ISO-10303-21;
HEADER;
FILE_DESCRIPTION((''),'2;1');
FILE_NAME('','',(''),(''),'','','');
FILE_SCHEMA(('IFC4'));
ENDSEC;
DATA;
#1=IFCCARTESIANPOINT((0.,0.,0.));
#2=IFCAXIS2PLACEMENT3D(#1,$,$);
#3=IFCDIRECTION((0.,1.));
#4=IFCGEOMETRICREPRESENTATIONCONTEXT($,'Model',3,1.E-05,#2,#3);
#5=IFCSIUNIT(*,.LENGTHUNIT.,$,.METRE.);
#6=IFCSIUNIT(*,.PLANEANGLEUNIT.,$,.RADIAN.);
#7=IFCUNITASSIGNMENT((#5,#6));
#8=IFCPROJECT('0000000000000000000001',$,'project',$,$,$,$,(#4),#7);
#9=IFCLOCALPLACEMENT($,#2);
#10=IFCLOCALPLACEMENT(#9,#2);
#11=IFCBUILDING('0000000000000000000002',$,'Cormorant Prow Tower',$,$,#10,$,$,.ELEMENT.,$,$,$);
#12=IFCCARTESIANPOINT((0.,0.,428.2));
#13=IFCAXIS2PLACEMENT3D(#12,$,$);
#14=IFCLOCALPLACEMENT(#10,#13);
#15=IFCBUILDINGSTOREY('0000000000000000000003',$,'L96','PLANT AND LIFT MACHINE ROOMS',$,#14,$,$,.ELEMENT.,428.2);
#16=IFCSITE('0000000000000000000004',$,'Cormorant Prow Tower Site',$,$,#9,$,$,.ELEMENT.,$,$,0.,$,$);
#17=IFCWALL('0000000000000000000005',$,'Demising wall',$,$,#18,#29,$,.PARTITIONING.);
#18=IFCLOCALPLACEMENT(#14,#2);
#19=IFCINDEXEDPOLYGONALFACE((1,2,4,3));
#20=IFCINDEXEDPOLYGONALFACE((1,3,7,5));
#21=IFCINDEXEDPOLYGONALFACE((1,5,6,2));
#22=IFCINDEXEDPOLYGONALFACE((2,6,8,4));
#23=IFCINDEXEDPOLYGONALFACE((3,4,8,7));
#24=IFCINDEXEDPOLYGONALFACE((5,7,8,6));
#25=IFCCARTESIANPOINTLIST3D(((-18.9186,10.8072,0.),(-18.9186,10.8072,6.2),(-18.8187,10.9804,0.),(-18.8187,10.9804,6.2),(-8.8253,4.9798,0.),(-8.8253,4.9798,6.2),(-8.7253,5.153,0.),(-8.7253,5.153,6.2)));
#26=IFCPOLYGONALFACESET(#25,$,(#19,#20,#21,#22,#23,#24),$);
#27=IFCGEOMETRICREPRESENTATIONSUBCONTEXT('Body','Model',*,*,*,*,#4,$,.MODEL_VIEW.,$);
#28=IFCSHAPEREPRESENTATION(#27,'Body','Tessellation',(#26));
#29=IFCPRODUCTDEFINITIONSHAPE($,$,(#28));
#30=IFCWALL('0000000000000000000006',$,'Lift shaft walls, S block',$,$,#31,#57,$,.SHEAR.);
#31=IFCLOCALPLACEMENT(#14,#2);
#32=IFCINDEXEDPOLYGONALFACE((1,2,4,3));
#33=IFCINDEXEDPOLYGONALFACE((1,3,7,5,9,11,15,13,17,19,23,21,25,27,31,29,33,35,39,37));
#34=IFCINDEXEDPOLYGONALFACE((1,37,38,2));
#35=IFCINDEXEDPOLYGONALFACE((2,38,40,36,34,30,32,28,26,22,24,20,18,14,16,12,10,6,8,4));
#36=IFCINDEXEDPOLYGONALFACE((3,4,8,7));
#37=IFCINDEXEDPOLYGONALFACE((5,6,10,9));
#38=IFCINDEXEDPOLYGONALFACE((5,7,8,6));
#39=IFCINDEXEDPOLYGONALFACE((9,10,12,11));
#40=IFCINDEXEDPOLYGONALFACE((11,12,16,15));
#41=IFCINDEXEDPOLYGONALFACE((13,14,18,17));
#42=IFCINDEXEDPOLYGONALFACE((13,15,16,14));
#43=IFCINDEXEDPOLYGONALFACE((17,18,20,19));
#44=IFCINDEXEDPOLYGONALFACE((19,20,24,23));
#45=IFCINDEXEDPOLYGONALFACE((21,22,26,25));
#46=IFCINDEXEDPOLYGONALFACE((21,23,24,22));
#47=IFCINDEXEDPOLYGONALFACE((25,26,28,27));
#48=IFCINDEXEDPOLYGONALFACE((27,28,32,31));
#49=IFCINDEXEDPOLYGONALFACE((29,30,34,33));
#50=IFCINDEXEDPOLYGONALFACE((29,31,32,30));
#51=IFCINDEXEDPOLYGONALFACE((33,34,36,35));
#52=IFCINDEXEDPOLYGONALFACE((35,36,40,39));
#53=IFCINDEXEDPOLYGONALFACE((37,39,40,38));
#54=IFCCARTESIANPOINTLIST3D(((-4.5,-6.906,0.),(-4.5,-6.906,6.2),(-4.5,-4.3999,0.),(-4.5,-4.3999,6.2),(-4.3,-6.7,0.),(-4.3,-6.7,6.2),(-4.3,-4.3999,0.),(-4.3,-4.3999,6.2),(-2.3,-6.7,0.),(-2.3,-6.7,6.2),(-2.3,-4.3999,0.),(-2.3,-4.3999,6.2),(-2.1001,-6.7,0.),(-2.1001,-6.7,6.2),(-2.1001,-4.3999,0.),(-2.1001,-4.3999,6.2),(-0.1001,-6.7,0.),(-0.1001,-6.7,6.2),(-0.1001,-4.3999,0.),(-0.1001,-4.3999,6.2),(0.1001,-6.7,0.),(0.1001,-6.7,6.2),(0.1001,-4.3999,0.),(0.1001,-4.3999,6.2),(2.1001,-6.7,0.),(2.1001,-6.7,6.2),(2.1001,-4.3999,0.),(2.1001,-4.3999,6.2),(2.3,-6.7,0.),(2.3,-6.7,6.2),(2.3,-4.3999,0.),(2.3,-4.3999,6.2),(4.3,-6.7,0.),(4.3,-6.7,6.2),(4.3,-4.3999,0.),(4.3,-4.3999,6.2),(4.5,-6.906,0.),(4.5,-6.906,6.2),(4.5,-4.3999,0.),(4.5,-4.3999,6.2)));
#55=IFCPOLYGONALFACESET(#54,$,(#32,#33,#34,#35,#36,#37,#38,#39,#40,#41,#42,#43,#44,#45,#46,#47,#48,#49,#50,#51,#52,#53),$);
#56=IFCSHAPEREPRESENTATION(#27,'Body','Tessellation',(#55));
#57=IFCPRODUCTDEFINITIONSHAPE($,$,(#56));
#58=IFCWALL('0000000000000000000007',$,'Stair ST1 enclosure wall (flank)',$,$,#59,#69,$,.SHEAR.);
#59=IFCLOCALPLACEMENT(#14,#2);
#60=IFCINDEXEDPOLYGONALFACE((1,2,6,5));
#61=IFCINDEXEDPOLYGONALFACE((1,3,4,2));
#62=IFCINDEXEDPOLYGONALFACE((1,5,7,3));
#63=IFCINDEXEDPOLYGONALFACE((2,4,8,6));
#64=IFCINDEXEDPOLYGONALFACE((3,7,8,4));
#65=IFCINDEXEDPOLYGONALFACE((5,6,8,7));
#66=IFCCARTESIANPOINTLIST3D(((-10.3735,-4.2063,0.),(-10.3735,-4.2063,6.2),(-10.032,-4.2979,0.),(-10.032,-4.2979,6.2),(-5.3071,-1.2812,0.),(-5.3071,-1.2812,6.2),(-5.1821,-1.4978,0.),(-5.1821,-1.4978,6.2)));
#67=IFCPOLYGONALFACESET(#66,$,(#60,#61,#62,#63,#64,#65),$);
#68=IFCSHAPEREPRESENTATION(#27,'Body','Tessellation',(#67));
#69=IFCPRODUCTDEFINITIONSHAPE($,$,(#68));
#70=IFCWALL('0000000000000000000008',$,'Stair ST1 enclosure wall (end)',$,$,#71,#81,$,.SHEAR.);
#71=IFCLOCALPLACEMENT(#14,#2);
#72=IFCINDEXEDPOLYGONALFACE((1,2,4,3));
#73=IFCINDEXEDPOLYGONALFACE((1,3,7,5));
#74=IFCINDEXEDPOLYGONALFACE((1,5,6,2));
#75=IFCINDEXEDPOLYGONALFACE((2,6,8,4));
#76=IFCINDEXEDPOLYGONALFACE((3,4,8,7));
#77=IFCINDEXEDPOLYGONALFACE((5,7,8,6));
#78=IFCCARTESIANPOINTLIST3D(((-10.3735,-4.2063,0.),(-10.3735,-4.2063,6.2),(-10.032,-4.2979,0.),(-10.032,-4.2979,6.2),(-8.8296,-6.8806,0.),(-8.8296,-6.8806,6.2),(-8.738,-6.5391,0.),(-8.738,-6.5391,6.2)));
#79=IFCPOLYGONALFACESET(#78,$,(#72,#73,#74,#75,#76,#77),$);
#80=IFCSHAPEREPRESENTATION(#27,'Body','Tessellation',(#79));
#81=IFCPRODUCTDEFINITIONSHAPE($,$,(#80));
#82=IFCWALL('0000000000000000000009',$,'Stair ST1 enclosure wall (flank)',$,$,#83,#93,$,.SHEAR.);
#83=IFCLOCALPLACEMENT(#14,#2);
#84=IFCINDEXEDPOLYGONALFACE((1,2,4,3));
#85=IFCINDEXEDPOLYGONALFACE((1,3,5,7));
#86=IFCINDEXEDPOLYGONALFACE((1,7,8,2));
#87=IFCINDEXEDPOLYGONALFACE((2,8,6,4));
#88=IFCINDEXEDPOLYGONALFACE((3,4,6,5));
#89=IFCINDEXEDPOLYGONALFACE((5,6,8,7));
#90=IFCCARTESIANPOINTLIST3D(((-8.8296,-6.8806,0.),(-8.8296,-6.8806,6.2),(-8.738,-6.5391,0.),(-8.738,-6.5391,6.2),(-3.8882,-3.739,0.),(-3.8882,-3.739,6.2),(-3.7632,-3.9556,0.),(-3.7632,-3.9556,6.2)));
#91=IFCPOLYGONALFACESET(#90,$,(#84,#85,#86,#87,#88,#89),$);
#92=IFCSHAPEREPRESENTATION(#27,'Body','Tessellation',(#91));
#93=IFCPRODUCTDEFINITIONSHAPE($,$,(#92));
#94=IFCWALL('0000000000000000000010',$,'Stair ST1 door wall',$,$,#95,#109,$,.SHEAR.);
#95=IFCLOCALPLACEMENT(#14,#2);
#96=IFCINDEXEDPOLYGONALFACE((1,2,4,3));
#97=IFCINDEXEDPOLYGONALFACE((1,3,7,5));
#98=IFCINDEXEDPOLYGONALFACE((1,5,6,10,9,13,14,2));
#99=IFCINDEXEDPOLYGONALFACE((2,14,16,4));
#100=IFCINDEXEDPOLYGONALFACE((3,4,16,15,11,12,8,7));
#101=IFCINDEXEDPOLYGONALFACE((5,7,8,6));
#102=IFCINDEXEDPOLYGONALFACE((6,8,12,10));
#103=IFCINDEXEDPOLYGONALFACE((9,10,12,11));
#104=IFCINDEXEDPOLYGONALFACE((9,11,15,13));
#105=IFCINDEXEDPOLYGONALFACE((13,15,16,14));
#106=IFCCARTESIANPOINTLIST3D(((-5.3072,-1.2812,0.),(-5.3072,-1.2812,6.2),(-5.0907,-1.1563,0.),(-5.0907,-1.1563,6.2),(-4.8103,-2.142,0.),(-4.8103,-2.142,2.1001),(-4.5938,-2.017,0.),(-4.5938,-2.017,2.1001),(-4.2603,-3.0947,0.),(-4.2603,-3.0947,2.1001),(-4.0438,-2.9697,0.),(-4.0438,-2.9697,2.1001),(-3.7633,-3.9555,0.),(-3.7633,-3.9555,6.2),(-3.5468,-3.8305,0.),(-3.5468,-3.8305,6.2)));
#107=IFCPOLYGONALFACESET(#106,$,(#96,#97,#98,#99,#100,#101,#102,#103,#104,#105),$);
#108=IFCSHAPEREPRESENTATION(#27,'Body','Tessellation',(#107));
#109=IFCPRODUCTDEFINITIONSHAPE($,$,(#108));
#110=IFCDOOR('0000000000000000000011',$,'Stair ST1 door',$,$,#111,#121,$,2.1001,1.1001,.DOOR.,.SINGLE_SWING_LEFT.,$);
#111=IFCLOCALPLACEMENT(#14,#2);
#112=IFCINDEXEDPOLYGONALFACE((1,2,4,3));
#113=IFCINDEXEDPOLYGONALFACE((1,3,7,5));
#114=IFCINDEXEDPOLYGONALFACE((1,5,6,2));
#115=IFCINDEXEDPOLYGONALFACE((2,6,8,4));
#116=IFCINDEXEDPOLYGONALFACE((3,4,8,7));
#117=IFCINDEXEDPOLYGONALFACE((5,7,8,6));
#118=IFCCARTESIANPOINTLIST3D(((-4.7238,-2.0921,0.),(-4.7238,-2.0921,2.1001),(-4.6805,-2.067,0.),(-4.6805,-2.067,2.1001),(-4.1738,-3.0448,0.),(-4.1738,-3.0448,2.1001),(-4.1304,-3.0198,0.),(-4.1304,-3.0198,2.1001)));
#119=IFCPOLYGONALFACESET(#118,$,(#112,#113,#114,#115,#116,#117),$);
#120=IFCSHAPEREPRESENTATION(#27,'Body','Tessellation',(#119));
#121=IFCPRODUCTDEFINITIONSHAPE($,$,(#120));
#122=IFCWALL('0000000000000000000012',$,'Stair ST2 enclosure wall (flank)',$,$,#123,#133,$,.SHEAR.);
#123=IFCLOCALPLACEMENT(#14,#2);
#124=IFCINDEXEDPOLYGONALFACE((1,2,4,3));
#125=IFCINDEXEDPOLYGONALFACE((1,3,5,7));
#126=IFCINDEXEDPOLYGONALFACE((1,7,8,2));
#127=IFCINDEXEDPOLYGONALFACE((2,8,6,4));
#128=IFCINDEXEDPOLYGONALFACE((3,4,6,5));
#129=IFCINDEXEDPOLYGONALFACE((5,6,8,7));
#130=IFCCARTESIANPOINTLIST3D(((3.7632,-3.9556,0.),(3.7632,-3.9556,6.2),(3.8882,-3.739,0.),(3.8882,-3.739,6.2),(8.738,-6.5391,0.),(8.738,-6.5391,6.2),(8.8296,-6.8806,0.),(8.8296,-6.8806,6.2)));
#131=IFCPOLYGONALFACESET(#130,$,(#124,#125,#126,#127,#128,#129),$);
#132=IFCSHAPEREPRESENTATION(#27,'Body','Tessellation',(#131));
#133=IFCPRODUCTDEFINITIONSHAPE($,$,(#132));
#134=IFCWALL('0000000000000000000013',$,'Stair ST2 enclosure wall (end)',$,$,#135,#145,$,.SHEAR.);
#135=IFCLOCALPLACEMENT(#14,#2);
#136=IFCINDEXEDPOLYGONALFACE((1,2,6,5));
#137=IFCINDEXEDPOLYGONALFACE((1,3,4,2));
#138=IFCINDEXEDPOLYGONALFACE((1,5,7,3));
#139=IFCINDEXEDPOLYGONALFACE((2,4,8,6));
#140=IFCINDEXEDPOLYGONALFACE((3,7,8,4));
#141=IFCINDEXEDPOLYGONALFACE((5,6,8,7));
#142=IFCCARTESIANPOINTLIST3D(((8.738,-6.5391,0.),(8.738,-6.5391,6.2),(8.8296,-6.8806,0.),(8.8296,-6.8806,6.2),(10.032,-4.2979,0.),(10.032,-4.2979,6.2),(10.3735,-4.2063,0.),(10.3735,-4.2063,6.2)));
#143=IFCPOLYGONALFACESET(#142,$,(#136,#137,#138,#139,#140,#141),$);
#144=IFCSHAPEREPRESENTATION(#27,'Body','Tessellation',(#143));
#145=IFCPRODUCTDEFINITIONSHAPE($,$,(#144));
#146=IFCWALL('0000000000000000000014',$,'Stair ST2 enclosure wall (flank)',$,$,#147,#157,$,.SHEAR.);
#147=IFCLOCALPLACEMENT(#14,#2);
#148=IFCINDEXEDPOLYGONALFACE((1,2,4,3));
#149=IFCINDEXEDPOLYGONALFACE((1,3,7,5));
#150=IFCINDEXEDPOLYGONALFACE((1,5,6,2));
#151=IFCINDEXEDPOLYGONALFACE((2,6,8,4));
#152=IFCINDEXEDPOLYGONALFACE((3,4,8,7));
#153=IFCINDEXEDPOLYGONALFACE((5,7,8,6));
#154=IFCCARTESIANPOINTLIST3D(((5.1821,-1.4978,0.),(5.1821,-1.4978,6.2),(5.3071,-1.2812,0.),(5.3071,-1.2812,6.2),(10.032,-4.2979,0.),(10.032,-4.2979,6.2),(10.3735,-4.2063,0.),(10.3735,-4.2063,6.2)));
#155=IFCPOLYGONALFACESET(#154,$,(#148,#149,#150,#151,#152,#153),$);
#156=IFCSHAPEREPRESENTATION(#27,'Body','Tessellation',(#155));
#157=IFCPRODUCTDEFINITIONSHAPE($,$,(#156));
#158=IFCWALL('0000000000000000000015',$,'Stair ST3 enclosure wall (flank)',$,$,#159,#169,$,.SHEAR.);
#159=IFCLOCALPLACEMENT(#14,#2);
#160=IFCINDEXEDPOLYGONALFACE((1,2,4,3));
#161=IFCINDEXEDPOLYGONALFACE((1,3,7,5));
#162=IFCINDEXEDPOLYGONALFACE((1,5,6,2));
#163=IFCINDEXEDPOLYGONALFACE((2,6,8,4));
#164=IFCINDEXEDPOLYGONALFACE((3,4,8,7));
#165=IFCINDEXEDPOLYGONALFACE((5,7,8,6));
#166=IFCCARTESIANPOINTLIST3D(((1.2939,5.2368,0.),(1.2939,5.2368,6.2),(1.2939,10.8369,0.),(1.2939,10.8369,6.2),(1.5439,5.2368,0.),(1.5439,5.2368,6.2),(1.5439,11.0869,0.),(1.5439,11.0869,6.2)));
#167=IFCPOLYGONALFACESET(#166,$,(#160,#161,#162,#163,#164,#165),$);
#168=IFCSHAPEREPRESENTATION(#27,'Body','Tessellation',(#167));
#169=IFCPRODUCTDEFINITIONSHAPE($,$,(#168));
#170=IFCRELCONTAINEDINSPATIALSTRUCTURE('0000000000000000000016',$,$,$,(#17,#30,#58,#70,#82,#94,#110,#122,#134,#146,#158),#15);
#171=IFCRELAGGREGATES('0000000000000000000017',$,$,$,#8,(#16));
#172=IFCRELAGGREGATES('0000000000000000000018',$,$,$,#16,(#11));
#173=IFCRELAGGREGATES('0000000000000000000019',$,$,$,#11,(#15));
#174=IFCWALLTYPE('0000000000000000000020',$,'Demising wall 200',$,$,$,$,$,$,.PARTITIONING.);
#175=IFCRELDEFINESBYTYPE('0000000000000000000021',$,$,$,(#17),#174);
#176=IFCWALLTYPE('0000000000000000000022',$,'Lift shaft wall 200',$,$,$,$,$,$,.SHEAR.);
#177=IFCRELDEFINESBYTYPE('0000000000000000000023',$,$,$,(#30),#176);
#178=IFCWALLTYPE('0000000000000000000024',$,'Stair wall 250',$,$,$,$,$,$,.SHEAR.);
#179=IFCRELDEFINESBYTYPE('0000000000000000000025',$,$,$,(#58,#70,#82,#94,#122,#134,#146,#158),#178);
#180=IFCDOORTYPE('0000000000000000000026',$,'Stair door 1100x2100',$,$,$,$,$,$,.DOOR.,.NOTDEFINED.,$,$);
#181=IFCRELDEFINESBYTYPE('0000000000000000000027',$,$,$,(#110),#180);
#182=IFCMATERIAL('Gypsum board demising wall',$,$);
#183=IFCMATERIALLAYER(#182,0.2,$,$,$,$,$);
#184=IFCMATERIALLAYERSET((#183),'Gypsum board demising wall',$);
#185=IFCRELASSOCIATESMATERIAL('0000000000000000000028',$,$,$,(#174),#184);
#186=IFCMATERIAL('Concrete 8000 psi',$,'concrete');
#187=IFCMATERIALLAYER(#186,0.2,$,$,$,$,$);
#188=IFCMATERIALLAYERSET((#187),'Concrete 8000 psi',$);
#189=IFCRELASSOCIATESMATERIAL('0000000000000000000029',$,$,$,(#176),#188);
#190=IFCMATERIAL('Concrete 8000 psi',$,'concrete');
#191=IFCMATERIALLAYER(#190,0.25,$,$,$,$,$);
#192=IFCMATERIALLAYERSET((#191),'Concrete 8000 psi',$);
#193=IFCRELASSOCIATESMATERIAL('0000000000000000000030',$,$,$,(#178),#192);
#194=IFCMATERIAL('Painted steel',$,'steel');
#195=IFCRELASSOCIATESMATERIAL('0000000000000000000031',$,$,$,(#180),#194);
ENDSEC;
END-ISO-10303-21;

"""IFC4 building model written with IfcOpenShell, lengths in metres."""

from ifc_helpers import new_model, si_unit, direction, frame, frame_2d, origin, place, context, subcontext, project, spatial, polyline, rectangle, outline, extrude, material, layer, layer_set, type_object, element, fill, save


model = new_model("IFC4")

# Units and contexts
model_context = context("Model", 3, precision=1e-05, world=origin(), true_north=direction((0.0, 1.0)))
body_context = subcontext(model_context, "Body", "Model", "MODEL_VIEW")
ifc_project = project(units=[si_unit("LENGTHUNIT", "METRE"), si_unit("PLANEANGLEUNIT", "RADIAN")], contexts=[model_context])

# Site, building, storey
site_placement = place(None, origin())
site = spatial("IfcSite", under=ifc_project, at=site_placement, Name="Cormorant Prow Tower Site", CompositionType="ELEMENT", RefElevation=0.0)
building_placement = place(site_placement, origin())
building = spatial("IfcBuilding", under=site, at=building_placement, Name="Cormorant Prow Tower", CompositionType="ELEMENT")
storey_placement = place(building_placement, frame((0.0, 0.0, 428.2)))
storey = spatial("IfcBuildingStorey", under=building, at=storey_placement, Name="L96", Description="PLANT AND LIFT MACHINE ROOMS", CompositionType="ELEMENT", Elevation=428.2)

# Walls
ifc_material_1 = material(Name="Gypsum board demising wall")
ifc_layer_1 = layer(ifc_material_1, 0.2)
ifc_layer_set_1 = layer_set([ifc_layer_1], Name="Gypsum board demising wall")
wall_type_1 = type_object("IfcWallType", Name="Demising wall 200", PredefinedType="PARTITIONING", material=ifc_layer_set_1)
wall_1_placement = place(storey_placement, frame((-18.8687, 10.8938, 0.0), z_axis=(0.0, 0.0, 1.0), x_axis=(0.866024, -0.500003, 0.0)))
element("IfcWall", 1, at=wall_1_placement, inside=storey, type_object=wall_type_1, Name="Demising wall", PredefinedType="PARTITIONING", context=body_context, shape_type="SweptSolid", body=[
    extrude(rectangle(XDim=11.6548, YDim=0.2, at=frame_2d((5.8274, 0.0))), origin(), (0.0, 0.0, 1.0), 6.2),
])
ifc_material_2 = material(Name="Concrete 8000 psi", Category="concrete")
ifc_layer_2 = layer(ifc_material_2, 0.2)
ifc_layer_set_2 = layer_set([ifc_layer_2], Name="Concrete 8000 psi")
wall_type_2 = type_object("IfcWallType", Name="Lift shaft wall 200", PredefinedType="SHEAR", material=ifc_layer_set_2)
wall_2_placement = place(storey_placement, origin())
element("IfcWall", 2, at=wall_2_placement, inside=storey, type_object=wall_type_2, Name="Lift shaft walls, S block", PredefinedType="SHEAR", context=body_context, shape_type="SweptSolid", body=[
    extrude(outline(polyline([(4.5, -4.3999), (4.5, -6.906), (-4.5, -6.906), (-4.5, -4.3999), (-4.3, -4.3999), (-4.3, -6.7), (-2.3, -6.7), (-2.3, -4.3999), (-2.1001, -4.3999), (-2.1001, -6.7), (-0.1001, -6.7), (-0.1001, -4.3999), (0.1001, -4.3999), (0.1001, -6.7), (2.1001, -6.7), (2.1001, -4.3999), (2.3, -4.3999), (2.3, -6.7), (4.3, -6.7), (4.3, -4.3999), (4.5, -4.3999)])), origin(), (0.0, 0.0, 1.0), 6.2),
])
ifc_material_3 = material(Name="Concrete 8000 psi", Category="concrete")
ifc_layer_3 = layer(ifc_material_3, 0.25)
ifc_layer_set_3 = layer_set([ifc_layer_3], Name="Concrete 8000 psi")
wall_type_3 = type_object("IfcWallType", Name="Stair wall 250", PredefinedType="SHEAR", material=ifc_layer_set_3)
wall_3_placement = place(storey_placement, origin())
element("IfcWall", 3, at=wall_3_placement, inside=storey, type_object=wall_type_3, Name="Stair ST1 enclosure wall (flank)", PredefinedType="SHEAR", context=body_context, shape_type="SweptSolid", body=[
    extrude(outline(polyline([(-5.3071, -1.2812), (-10.3735, -4.2063), (-10.032, -4.2979), (-5.1821, -1.4978), (-5.3071, -1.2812)])), origin(), (0.0, 0.0, 1.0), 6.2),
])
wall_4_placement = place(storey_placement, origin())
element("IfcWall", 4, at=wall_4_placement, inside=storey, type_object=wall_type_3, Name="Stair ST1 enclosure wall (end)", PredefinedType="SHEAR", context=body_context, shape_type="SweptSolid", body=[
    extrude(outline(polyline([(-10.3735, -4.2063), (-8.8296, -6.8806), (-8.738, -6.5391), (-10.032, -4.2979), (-10.3735, -4.2063)])), origin(), (0.0, 0.0, 1.0), 6.2),
])
wall_5_placement = place(storey_placement, origin())
element("IfcWall", 5, at=wall_5_placement, inside=storey, type_object=wall_type_3, Name="Stair ST1 enclosure wall (flank)", PredefinedType="SHEAR", context=body_context, shape_type="SweptSolid", body=[
    extrude(outline(polyline([(-8.738, -6.5391), (-8.8296, -6.8806), (-3.7632, -3.9556), (-3.8882, -3.739), (-8.738, -6.5391)])), origin(), (0.0, 0.0, 1.0), 6.2),
])

# Wall, opening, door
wall_6_placement = place(storey_placement, frame((-5.199, -1.2188, 0.0), z_axis=(0.0, 0.0, 1.0), x_axis=(0.499983, -0.866035, 0.0)))
wall_6 = element("IfcWall", 6, at=wall_6_placement, inside=storey, type_object=wall_type_3, Name="Stair ST1 door wall", PredefinedType="SHEAR", context=body_context, shape_type="SweptSolid", body=[
    extrude(rectangle(XDim=3.0879, YDim=0.25, at=frame_2d((1.5439, 0.0))), origin(), (0.0, 0.0, 1.0), 6.2),
])
opening_1_placement = place(wall_6_placement, frame((0.9939, 0.0, 0.0)))
opening_1 = element("IfcOpeningElement", 7, at=opening_1_placement, cuts=wall_6, PredefinedType="OPENING", context=body_context, shape_type="SweptSolid", body=[
    extrude(rectangle(XDim=1.1001, YDim=2.1001, at=frame_2d((0.55, 1.05))), frame((0.0, 0.135, 0.0), z_axis=(0.0, -1.0, 0.0), x_axis=(1.0, 0.0, 0.0)), (0.0, 0.0, 1.0), 0.27),
])
ifc_material_4 = material(Name="Painted steel", Category="steel")
door_type_1 = type_object("IfcDoorType", Name="Stair door 1100x2100", OperationType="NOTDEFINED", PredefinedType="DOOR", material=ifc_material_4)
door_1_placement = place(opening_1_placement, origin())
door_1 = element("IfcDoor", 8, at=door_1_placement, inside=storey, type_object=door_type_1, Name="Stair ST1 door", OperationType="SINGLE_SWING_LEFT", OverallHeight=2.1001, OverallWidth=1.1001, PredefinedType="DOOR", context=body_context, shape_type="SweptSolid", body=[
    extrude(rectangle(XDim=1.1001, YDim=2.1001, at=frame_2d((0.55, 1.05))), frame((0.0, 0.0249, 0.0), z_axis=(0.0, -1.0, 0.0), x_axis=(1.0, 0.0, 0.0)), (0.0, 0.0, 1.0), 0.05),
])
fill(opening_1, door_1)

# Walls
wall_7_placement = place(storey_placement, origin())
element("IfcWall", 9, at=wall_7_placement, inside=storey, type_object=wall_type_3, Name="Stair ST2 enclosure wall (flank)", PredefinedType="SHEAR", context=body_context, shape_type="SweptSolid", body=[
    extrude(outline(polyline([(3.7632, -3.9556), (8.8296, -6.8806), (8.738, -6.5391), (3.8882, -3.739), (3.7632, -3.9556)])), origin(), (0.0, 0.0, 1.0), 6.2),
])
wall_8_placement = place(storey_placement, origin())
element("IfcWall", 10, at=wall_8_placement, inside=storey, type_object=wall_type_3, Name="Stair ST2 enclosure wall (end)", PredefinedType="SHEAR", context=body_context, shape_type="SweptSolid", body=[
    extrude(outline(polyline([(8.8296, -6.8806), (10.3735, -4.2063), (10.032, -4.2979), (8.738, -6.5391), (8.8296, -6.8806)])), origin(), (0.0, 0.0, 1.0), 6.2),
])
wall_9_placement = place(storey_placement, origin())
element("IfcWall", 11, at=wall_9_placement, inside=storey, type_object=wall_type_3, Name="Stair ST2 enclosure wall (flank)", PredefinedType="SHEAR", context=body_context, shape_type="SweptSolid", body=[
    extrude(outline(polyline([(10.032, -4.2979), (10.3735, -4.2063), (5.3071, -1.2812), (5.1821, -1.4978), (10.032, -4.2979)])), origin(), (0.0, 0.0, 1.0), 6.2),
])
wall_10_placement = place(storey_placement, origin())
element("IfcWall", 12, at=wall_10_placement, inside=storey, type_object=wall_type_3, Name="Stair ST3 enclosure wall (flank)", PredefinedType="SHEAR", context=body_context, shape_type="SweptSolid", body=[
    extrude(outline(polyline([(1.5439, 5.2368), (1.5439, 11.0869), (1.2939, 10.8369), (1.2939, 5.2368), (1.5439, 5.2368)])), origin(), (0.0, 0.0, 1.0), 6.2),
])

save(model, "model.ifc")
